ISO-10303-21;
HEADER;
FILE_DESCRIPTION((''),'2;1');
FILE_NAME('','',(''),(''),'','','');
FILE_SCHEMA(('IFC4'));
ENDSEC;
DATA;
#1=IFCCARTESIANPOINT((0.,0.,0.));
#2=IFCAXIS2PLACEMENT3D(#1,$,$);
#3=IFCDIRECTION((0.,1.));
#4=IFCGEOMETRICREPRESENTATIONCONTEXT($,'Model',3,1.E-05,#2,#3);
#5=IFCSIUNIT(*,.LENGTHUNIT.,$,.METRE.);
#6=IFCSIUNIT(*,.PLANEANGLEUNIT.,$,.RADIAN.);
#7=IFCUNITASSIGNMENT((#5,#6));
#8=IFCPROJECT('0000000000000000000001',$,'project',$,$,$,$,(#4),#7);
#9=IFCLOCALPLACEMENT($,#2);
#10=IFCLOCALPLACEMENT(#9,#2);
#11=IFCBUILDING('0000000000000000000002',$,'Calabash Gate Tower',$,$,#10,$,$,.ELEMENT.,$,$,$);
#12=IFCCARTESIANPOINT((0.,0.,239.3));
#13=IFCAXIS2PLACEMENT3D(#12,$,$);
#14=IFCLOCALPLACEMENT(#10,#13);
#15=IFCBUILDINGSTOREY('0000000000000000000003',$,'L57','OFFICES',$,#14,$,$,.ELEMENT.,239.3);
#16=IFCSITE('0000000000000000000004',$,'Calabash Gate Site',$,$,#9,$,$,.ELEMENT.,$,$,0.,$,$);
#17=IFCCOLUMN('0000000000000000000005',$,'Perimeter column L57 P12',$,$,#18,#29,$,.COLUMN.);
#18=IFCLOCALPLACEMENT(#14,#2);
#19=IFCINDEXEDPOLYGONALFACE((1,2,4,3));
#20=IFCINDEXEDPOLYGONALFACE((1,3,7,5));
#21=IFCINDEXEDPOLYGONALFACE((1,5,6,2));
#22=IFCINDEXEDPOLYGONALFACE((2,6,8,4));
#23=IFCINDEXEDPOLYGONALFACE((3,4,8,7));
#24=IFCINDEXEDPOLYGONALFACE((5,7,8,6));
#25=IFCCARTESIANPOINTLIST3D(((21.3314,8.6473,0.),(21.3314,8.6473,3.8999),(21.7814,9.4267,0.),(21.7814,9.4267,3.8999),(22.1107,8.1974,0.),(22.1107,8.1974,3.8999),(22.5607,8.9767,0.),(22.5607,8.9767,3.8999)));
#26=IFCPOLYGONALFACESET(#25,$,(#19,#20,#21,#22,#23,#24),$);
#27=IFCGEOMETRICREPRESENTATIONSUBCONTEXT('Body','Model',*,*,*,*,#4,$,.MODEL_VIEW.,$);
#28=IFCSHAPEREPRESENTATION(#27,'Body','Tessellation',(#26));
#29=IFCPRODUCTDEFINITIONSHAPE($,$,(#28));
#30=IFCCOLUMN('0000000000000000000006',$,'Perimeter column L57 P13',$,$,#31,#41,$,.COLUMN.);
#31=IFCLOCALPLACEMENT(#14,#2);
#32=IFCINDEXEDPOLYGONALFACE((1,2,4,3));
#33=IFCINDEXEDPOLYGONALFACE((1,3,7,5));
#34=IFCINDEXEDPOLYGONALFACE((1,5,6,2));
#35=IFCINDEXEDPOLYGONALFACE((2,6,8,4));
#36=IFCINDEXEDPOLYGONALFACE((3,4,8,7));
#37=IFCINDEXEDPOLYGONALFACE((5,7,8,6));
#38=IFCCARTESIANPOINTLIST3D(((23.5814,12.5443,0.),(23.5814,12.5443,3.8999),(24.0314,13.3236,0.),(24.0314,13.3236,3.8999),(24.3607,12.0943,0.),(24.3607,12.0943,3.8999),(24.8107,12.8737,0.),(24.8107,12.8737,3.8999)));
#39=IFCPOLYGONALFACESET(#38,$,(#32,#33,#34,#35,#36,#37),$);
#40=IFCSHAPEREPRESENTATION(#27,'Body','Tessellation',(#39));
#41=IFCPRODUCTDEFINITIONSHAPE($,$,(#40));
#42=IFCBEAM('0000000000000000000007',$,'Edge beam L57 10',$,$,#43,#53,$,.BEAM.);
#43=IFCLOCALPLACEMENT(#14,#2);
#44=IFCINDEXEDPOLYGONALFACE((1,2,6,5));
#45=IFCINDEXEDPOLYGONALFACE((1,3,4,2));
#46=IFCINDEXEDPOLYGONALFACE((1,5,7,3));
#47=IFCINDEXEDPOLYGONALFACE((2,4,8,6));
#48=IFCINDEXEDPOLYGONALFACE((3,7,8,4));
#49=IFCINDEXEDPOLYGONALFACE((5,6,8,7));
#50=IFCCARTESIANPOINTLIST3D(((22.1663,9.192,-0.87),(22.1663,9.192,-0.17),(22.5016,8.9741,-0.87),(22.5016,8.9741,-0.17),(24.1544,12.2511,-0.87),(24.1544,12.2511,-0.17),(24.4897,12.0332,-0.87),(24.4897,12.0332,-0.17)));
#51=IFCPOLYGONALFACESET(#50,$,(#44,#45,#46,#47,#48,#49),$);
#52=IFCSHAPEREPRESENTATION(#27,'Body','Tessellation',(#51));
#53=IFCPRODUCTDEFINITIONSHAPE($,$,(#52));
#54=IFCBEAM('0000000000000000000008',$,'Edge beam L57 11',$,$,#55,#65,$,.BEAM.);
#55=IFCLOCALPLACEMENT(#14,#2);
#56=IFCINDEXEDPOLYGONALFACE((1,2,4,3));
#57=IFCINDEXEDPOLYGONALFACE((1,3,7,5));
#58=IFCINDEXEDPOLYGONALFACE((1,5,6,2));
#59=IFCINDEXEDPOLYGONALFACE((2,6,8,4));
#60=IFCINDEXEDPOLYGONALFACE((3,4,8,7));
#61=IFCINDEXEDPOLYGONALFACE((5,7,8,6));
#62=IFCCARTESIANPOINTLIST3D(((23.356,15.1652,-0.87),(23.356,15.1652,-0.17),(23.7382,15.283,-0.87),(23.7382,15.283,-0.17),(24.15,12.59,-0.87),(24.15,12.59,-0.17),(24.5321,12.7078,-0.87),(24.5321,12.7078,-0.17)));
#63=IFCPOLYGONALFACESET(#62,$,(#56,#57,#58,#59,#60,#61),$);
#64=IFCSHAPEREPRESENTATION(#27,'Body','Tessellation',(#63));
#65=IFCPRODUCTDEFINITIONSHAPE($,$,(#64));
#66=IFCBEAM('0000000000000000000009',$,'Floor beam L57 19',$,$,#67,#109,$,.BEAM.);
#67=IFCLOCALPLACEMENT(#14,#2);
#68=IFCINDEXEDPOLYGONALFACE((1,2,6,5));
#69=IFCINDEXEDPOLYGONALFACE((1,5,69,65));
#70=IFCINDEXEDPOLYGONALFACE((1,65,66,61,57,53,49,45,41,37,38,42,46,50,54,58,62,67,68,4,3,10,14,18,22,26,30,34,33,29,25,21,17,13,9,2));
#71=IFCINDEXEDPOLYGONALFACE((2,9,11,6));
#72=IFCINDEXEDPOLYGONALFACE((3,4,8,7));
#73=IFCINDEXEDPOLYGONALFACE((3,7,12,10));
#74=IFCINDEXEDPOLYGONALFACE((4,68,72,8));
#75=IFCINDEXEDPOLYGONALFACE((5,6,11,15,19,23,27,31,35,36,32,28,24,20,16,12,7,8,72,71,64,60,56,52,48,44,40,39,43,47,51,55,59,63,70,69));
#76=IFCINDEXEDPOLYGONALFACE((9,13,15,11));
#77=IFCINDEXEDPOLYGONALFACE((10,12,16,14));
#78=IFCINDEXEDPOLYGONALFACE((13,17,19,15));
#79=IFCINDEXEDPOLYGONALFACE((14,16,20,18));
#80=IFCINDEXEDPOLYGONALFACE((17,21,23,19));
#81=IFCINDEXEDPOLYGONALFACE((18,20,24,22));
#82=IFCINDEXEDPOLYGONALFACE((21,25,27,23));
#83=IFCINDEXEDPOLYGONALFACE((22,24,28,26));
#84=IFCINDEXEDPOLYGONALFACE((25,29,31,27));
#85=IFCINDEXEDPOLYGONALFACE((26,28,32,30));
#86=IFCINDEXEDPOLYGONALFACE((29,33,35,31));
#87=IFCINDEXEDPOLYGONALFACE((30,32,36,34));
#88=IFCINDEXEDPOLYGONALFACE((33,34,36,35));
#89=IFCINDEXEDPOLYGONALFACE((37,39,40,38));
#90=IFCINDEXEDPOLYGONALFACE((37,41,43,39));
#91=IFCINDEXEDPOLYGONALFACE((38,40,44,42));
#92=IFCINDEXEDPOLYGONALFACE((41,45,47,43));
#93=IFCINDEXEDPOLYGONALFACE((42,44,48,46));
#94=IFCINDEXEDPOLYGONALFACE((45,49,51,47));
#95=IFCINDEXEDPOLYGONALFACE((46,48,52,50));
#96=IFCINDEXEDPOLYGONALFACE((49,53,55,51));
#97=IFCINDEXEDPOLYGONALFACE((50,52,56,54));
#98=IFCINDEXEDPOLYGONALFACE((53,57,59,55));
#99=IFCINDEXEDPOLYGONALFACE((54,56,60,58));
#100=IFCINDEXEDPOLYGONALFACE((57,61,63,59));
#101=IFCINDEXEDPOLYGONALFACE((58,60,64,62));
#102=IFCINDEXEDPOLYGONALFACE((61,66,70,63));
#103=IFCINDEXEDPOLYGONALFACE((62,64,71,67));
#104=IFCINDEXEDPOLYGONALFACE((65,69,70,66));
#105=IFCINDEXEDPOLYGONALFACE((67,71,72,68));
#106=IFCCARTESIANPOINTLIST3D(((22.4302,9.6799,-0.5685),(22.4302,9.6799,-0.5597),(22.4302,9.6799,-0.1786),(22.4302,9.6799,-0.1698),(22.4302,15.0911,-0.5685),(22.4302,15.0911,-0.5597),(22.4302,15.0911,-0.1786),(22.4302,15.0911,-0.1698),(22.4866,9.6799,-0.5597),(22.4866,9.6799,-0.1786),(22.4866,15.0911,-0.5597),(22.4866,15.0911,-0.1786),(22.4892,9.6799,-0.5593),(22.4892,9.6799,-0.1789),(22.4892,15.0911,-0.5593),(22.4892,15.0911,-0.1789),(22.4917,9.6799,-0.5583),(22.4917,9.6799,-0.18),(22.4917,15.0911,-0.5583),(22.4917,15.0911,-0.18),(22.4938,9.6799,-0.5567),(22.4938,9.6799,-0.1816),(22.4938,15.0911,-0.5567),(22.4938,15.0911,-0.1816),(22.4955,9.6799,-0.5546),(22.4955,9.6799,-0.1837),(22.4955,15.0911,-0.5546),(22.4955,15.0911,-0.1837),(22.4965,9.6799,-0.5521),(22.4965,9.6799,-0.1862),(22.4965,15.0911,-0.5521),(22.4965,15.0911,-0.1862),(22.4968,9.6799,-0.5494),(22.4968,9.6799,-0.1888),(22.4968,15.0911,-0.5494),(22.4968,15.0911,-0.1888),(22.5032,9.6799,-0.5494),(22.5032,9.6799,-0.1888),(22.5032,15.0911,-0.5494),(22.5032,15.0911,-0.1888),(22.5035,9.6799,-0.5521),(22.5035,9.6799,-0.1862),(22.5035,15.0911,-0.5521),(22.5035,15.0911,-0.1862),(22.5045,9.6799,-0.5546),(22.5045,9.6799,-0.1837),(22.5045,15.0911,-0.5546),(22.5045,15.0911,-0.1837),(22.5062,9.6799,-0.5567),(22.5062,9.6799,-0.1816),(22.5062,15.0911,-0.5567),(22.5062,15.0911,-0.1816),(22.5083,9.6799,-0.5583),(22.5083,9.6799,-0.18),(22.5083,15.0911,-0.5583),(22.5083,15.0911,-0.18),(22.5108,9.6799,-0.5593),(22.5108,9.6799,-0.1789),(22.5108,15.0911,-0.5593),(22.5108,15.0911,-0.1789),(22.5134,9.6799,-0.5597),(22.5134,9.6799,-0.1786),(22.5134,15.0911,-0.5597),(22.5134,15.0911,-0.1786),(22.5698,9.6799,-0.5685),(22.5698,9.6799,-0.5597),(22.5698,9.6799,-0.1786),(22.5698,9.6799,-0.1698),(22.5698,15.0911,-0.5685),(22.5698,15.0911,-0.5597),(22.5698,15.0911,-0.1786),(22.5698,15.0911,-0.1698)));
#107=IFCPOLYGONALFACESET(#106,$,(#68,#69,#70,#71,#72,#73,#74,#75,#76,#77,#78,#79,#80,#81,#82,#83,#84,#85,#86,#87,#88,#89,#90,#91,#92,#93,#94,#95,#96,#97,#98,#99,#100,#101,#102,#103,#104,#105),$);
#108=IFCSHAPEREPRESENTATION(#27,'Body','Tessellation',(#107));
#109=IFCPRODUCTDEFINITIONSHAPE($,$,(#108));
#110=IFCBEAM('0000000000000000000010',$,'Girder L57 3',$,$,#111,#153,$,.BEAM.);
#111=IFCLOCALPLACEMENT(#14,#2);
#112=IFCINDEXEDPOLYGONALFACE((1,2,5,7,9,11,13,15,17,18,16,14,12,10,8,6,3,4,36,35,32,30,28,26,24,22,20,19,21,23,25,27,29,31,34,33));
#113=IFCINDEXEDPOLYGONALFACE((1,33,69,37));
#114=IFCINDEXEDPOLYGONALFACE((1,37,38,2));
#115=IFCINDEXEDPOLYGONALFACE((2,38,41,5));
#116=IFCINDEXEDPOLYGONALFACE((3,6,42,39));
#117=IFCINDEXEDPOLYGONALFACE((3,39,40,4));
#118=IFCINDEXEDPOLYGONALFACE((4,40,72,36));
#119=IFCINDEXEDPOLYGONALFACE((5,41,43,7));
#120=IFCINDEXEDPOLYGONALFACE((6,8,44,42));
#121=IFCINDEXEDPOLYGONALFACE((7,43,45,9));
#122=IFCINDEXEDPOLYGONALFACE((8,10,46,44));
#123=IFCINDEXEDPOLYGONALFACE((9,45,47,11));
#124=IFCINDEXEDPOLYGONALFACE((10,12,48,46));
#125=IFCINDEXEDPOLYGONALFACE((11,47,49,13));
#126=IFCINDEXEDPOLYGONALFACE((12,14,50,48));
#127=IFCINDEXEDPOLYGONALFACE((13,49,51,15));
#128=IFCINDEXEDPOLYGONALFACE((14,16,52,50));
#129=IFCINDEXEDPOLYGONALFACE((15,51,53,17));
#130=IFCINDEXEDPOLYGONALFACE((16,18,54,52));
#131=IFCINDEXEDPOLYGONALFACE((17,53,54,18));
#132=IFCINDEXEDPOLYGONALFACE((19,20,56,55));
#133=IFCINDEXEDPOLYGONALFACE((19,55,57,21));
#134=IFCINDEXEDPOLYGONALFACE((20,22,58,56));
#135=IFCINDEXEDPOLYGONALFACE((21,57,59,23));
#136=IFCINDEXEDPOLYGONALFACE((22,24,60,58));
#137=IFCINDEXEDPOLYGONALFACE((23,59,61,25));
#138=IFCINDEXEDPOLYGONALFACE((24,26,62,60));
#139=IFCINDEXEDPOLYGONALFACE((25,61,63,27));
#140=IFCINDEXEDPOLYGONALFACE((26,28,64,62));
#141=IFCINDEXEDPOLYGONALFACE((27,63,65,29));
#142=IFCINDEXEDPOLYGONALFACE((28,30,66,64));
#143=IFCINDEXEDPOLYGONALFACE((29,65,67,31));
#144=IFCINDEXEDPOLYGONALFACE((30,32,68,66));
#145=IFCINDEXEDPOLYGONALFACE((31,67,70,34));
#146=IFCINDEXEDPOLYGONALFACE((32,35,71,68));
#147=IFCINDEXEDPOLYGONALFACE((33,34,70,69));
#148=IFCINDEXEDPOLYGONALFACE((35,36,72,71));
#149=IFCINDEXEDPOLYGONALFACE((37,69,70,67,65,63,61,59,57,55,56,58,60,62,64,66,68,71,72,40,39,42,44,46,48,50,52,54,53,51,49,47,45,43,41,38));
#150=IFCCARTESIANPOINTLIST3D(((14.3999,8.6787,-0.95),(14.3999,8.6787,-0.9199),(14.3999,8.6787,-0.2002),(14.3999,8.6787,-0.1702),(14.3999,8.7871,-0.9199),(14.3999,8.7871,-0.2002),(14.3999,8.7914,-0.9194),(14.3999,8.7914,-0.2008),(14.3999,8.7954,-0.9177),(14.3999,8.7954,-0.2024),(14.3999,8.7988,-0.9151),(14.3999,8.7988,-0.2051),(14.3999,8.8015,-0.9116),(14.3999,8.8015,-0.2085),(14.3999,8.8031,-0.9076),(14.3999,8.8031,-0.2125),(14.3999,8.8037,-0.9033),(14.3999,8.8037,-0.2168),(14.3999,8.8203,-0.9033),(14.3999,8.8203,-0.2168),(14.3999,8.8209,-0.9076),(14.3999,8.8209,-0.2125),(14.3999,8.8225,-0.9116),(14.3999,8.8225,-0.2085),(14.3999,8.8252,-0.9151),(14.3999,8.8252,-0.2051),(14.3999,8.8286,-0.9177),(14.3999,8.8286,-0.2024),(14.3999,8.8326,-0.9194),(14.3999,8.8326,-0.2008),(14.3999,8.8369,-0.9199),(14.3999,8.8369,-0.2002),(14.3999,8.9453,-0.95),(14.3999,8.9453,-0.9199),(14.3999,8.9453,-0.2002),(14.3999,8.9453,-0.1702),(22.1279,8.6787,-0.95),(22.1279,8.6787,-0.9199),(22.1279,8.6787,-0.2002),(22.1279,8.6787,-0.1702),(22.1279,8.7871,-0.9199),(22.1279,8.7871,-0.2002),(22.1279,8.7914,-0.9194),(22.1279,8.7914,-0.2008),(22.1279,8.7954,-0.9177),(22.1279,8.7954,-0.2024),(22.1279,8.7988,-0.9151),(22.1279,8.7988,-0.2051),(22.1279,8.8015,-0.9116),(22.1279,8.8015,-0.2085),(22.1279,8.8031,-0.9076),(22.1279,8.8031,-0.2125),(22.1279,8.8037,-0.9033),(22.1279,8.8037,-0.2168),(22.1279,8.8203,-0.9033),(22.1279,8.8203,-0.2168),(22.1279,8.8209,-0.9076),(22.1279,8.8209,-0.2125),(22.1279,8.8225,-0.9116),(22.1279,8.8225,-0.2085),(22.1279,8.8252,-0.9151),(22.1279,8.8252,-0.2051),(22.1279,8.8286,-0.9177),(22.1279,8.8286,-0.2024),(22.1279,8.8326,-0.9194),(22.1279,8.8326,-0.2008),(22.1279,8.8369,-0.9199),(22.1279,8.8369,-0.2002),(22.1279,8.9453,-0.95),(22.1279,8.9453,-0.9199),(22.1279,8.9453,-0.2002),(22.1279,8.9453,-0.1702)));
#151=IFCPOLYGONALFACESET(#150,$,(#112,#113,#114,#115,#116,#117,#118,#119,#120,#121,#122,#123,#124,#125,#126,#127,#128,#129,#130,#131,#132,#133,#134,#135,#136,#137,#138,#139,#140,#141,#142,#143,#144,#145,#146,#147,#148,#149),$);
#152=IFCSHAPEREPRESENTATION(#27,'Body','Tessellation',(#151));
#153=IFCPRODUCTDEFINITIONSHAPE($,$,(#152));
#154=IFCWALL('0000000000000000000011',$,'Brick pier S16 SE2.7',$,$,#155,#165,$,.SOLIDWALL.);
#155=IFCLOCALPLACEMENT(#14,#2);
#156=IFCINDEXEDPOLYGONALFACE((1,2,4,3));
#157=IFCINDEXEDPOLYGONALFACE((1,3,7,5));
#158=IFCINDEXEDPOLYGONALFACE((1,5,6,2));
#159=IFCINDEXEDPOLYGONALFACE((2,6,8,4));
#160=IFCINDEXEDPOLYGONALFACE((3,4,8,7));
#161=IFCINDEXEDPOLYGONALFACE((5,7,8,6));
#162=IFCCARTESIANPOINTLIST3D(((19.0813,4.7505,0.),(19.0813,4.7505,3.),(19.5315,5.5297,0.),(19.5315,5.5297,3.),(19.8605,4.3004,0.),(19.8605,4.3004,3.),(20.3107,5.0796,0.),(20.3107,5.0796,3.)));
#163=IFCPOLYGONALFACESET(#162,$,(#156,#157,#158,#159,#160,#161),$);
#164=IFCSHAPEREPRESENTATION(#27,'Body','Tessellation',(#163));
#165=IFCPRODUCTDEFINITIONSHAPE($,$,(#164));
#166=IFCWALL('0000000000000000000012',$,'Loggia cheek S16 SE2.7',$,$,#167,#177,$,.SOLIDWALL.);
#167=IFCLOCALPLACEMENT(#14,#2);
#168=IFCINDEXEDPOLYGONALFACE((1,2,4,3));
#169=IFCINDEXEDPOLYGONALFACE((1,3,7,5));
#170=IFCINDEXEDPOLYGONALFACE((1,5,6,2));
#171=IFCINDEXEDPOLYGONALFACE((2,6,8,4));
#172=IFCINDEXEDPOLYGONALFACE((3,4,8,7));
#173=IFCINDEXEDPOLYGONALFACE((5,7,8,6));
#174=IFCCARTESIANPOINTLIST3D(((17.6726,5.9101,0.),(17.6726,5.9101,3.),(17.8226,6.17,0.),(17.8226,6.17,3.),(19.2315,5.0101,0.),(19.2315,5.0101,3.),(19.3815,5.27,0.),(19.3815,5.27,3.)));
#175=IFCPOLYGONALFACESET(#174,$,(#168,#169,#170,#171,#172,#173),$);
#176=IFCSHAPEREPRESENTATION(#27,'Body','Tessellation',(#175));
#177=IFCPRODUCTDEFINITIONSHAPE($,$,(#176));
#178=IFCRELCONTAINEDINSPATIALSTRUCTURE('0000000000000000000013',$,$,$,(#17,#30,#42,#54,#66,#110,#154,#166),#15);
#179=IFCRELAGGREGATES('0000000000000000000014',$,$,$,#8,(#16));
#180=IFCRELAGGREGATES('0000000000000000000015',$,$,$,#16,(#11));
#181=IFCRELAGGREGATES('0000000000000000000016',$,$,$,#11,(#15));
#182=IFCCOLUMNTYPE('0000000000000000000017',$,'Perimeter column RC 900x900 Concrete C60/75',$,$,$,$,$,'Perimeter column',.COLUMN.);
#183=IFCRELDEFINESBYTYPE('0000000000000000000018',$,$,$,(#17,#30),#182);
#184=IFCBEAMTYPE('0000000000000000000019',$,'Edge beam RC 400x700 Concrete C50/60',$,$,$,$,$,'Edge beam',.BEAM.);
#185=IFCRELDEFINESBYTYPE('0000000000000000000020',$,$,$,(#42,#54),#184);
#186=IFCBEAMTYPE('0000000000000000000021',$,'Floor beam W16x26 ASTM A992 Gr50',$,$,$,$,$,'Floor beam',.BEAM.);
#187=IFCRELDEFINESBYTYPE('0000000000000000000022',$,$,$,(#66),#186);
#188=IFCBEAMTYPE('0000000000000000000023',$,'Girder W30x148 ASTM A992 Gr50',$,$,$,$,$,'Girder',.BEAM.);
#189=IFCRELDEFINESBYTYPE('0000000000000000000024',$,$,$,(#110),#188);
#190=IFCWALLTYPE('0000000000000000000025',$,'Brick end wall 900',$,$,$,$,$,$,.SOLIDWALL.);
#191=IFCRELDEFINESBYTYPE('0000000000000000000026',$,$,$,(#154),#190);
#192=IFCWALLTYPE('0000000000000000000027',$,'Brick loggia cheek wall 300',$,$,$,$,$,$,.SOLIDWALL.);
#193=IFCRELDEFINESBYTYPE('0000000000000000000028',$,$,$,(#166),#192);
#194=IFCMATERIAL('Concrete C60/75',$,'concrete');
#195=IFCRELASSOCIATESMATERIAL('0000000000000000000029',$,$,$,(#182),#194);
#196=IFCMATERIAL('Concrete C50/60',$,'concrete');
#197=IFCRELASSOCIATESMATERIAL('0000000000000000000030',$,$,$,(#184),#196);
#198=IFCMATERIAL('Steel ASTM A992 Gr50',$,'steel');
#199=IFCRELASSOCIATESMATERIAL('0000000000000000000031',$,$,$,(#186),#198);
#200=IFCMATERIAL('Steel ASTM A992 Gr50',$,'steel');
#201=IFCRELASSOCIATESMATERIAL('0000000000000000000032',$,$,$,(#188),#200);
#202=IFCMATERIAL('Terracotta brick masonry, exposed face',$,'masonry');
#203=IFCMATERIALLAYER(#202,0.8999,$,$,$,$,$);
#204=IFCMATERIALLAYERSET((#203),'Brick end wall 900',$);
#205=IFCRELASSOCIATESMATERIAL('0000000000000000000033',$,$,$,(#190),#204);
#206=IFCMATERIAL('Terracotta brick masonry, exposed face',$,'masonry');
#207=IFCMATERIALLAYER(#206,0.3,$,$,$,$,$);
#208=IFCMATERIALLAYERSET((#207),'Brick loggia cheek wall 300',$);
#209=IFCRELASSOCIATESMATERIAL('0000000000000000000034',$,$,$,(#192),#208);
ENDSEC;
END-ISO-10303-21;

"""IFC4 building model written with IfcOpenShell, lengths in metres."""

from ifc_helpers import new_model, si_unit, direction, frame, frame_2d, origin, origin_2d, place, context, subcontext, project, spatial, rectangle, i_section, extrude, material, layer, layer_set, material_profile, profile_set, type_object, element, save


model = new_model("IFC4")

# Units and contexts
model_context = context("Model", 3, precision=1e-05, world=origin(), true_north=direction((0.0, 1.0)))
body_context = subcontext(model_context, "Body", "Model", "MODEL_VIEW")
ifc_project = project(units=[si_unit("LENGTHUNIT", "METRE"), si_unit("PLANEANGLEUNIT", "RADIAN")], contexts=[model_context])

# Site, building, storey
site_placement = place(None, origin())
site = spatial("IfcSite", under=ifc_project, at=site_placement, Name="Calabash Gate Site", CompositionType="ELEMENT", RefElevation=0.0)
building_placement = place(site_placement, origin())
building = spatial("IfcBuilding", under=site, at=building_placement, Name="Calabash Gate Tower", CompositionType="ELEMENT")
storey_placement = place(building_placement, frame((0.0, 0.0, 239.3)))
storey = spatial("IfcBuildingStorey", under=building, at=storey_placement, Name="L57", Description="OFFICES", CompositionType="ELEMENT", Elevation=239.3)

# Columns
ifc_material_1 = material(Name="Concrete C60/75", Category="concrete")
ifc_material_profile_1 = material_profile(ifc_material_1, rectangle(XDim=0.8999, YDim=0.8999, at=origin_2d()))
ifc_profile_set_1 = profile_set([ifc_material_profile_1], Name="Concrete C60/75")
column_type = type_object("IfcColumnType", Name="Perimeter column RC 900x900 Concrete C60/75", ElementType="Perimeter column", PredefinedType="COLUMN", material=ifc_profile_set_1)
for number, where, z_axis, x_axis, name in (
    (1, (21.946, 8.812, 0.0), (0.0, 0.0, 1.0), (0.5, 0.866025, 0.0), "Perimeter column L57 P12"),
    (2, (24.196, 12.709, 0.0), (0.0, 0.0, 1.0), (0.5, 0.866025, 0.0), "Perimeter column L57 P13"),
):
    element("IfcColumn", number, at=place(storey_placement, frame(where, z_axis=z_axis, x_axis=x_axis)), inside=storey, type_object=column_type, Name=name, PredefinedType="COLUMN", context=body_context, shape_type="SweptSolid", body=[
        extrude(rectangle(XDim=0.8999, YDim=0.8999, at=origin_2d()), origin(), (0.0, 0.0, 1.0), 3.8999),
    ])

# Beams
ifc_material_2 = material(Name="Concrete C50/60", Category="concrete")
ifc_material_profile_2 = material_profile(ifc_material_2, rectangle(XDim=0.3999, YDim=0.7, at=origin_2d()))
ifc_profile_set_2 = profile_set([ifc_material_profile_2], Name="Concrete C50/60")
beam_type_1 = type_object("IfcBeamType", Name="Edge beam RC 400x700 Concrete C50/60", ElementType="Edge beam", PredefinedType="BEAM", material=ifc_profile_set_2)
beam_1_placement = place(storey_placement, frame((22.334, 9.083, -0.52), z_axis=(0.544918, 0.838489, 0.0), x_axis=(-0.838489, 0.544918, 0.0)))
element("IfcBeam", 3, at=beam_1_placement, inside=storey, type_object=beam_type_1, Name="Edge beam L57 10", PredefinedType="BEAM", context=body_context, shape_type="SweptSolid", body=[
    extrude(rectangle(XDim=0.3999, YDim=0.7, at=origin_2d()), origin(), (0.0, 0.0, 1.0), 3.6484),
])
beam_2_placement = place(storey_placement, frame((24.3411, 12.6489, -0.52), z_axis=(-0.294621, 0.955614, 0.0), x_axis=(-0.955614, -0.294621, 0.0)))
element("IfcBeam", 4, at=beam_2_placement, inside=storey, type_object=beam_type_1, Name="Edge beam L57 11", PredefinedType="BEAM", context=body_context, shape_type="SweptSolid", body=[
    extrude(rectangle(XDim=0.3999, YDim=0.7, at=origin_2d()), origin(), (0.0, 0.0, 1.0), 2.6948),
])
ifc_material_3 = material(Name="Steel ASTM A992 Gr50", Category="steel")
ifc_material_profile_3 = material_profile(ifc_material_3, i_section(OverallWidth=0.1396, OverallDepth=0.3987, WebThickness=0.0063, FlangeThickness=0.0088, FilletRadius=0.0103, at=origin_2d()))
ifc_profile_set_3 = profile_set([ifc_material_profile_3], Name="Steel ASTM A992 Gr50")
beam_type_2 = type_object("IfcBeamType", Name="Floor beam W16x26 ASTM A992 Gr50", ElementType="Floor beam", PredefinedType="BEAM", material=ifc_profile_set_3)
beam_3_placement = place(storey_placement, frame((22.5, 9.6799, -0.3691), z_axis=(0.0, 1.0, 0.0), x_axis=(-1.0, 0.0, 0.0)))
element("IfcBeam", 5, at=beam_3_placement, inside=storey, type_object=beam_type_2, Name="Floor beam L57 19", PredefinedType="BEAM", context=body_context, shape_type="SweptSolid", body=[
    extrude(i_section(OverallWidth=0.1396, OverallDepth=0.3987, WebThickness=0.0063, FlangeThickness=0.0088, FilletRadius=0.0103, at=origin_2d()), origin(), (0.0, 0.0, 1.0), 5.4111),
])
ifc_material_4 = material(Name="Steel ASTM A992 Gr50", Category="steel")
ifc_material_profile_4 = material_profile(ifc_material_4, i_section(OverallWidth=0.2666, OverallDepth=0.7798, WebThickness=0.0166, FlangeThickness=0.03, FilletRadius=0.0166, at=origin_2d()))
ifc_profile_set_4 = profile_set([ifc_material_profile_4], Name="Steel ASTM A992 Gr50")
beam_type_3 = type_object("IfcBeamType", Name="Girder W30x148 ASTM A992 Gr50", ElementType="Girder", PredefinedType="BEAM", material=ifc_profile_set_4)
beam_4_placement = place(storey_placement, frame((22.1279, 8.812, -0.5601), z_axis=(-1.0, 0.0, 0.0), x_axis=(0.0, -1.0, 0.0)))
element("IfcBeam", 6, at=beam_4_placement, inside=storey, type_object=beam_type_3, Name="Girder L57 3", PredefinedType="BEAM", context=body_context, shape_type="SweptSolid", body=[
    extrude(i_section(OverallWidth=0.2666, OverallDepth=0.7798, WebThickness=0.0166, FlangeThickness=0.03, FilletRadius=0.0166, at=origin_2d()), origin(), (0.0, 0.0, 1.0), 7.728),
])

# Walls
ifc_material_5 = material(Name="Terracotta brick masonry, exposed face", Category="masonry")
ifc_layer_1 = layer(ifc_material_5, 0.8999)
ifc_layer_set_1 = layer_set([ifc_layer_1], Name="Brick end wall 900")
wall_type_1 = type_object("IfcWallType", Name="Brick end wall 900", PredefinedType="SOLIDWALL", material=ifc_layer_set_1)
wall_1_placement = place(storey_placement, frame((19.3064, 5.1401, 0.0), z_axis=(0.0, 0.0, 1.0), x_axis=(0.865896, -0.500223, 0.0)))
element("IfcWall", 7, at=wall_1_placement, inside=storey, type_object=wall_type_1, Name="Brick pier S16 SE2.7", PredefinedType="SOLIDWALL", context=body_context, shape_type="SweptSolid", body=[
    extrude(rectangle(XDim=0.8999, YDim=0.8999, at=frame_2d((0.45, 0.0))), origin(), (0.0, 0.0, 1.0), 3.0),
])
ifc_material_6 = material(Name="Terracotta brick masonry, exposed face", Category="masonry")
ifc_layer_2 = layer(ifc_material_6, 0.3)
ifc_layer_set_2 = layer_set([ifc_layer_2], Name="Brick loggia cheek wall 300")
wall_type_2 = type_object("IfcWallType", Name="Brick loggia cheek wall 300", PredefinedType="SOLIDWALL", material=ifc_layer_set_2)
wall_2_placement = place(storey_placement, frame((19.3064, 5.1401, 0.0), z_axis=(0.0, 0.0, 1.0), x_axis=(-0.866048, 0.499961, 0.0)))
element("IfcWall", 8, at=wall_2_placement, inside=storey, type_object=wall_type_2, Name="Loggia cheek S16 SE2.7", PredefinedType="SOLIDWALL", context=body_context, shape_type="SweptSolid", body=[
    extrude(rectangle(XDim=1.8, YDim=0.3, at=frame_2d((0.8999, 0.0))), origin(), (0.0, 0.0, 1.0), 3.0),
])

save(model, "model.ifc")
